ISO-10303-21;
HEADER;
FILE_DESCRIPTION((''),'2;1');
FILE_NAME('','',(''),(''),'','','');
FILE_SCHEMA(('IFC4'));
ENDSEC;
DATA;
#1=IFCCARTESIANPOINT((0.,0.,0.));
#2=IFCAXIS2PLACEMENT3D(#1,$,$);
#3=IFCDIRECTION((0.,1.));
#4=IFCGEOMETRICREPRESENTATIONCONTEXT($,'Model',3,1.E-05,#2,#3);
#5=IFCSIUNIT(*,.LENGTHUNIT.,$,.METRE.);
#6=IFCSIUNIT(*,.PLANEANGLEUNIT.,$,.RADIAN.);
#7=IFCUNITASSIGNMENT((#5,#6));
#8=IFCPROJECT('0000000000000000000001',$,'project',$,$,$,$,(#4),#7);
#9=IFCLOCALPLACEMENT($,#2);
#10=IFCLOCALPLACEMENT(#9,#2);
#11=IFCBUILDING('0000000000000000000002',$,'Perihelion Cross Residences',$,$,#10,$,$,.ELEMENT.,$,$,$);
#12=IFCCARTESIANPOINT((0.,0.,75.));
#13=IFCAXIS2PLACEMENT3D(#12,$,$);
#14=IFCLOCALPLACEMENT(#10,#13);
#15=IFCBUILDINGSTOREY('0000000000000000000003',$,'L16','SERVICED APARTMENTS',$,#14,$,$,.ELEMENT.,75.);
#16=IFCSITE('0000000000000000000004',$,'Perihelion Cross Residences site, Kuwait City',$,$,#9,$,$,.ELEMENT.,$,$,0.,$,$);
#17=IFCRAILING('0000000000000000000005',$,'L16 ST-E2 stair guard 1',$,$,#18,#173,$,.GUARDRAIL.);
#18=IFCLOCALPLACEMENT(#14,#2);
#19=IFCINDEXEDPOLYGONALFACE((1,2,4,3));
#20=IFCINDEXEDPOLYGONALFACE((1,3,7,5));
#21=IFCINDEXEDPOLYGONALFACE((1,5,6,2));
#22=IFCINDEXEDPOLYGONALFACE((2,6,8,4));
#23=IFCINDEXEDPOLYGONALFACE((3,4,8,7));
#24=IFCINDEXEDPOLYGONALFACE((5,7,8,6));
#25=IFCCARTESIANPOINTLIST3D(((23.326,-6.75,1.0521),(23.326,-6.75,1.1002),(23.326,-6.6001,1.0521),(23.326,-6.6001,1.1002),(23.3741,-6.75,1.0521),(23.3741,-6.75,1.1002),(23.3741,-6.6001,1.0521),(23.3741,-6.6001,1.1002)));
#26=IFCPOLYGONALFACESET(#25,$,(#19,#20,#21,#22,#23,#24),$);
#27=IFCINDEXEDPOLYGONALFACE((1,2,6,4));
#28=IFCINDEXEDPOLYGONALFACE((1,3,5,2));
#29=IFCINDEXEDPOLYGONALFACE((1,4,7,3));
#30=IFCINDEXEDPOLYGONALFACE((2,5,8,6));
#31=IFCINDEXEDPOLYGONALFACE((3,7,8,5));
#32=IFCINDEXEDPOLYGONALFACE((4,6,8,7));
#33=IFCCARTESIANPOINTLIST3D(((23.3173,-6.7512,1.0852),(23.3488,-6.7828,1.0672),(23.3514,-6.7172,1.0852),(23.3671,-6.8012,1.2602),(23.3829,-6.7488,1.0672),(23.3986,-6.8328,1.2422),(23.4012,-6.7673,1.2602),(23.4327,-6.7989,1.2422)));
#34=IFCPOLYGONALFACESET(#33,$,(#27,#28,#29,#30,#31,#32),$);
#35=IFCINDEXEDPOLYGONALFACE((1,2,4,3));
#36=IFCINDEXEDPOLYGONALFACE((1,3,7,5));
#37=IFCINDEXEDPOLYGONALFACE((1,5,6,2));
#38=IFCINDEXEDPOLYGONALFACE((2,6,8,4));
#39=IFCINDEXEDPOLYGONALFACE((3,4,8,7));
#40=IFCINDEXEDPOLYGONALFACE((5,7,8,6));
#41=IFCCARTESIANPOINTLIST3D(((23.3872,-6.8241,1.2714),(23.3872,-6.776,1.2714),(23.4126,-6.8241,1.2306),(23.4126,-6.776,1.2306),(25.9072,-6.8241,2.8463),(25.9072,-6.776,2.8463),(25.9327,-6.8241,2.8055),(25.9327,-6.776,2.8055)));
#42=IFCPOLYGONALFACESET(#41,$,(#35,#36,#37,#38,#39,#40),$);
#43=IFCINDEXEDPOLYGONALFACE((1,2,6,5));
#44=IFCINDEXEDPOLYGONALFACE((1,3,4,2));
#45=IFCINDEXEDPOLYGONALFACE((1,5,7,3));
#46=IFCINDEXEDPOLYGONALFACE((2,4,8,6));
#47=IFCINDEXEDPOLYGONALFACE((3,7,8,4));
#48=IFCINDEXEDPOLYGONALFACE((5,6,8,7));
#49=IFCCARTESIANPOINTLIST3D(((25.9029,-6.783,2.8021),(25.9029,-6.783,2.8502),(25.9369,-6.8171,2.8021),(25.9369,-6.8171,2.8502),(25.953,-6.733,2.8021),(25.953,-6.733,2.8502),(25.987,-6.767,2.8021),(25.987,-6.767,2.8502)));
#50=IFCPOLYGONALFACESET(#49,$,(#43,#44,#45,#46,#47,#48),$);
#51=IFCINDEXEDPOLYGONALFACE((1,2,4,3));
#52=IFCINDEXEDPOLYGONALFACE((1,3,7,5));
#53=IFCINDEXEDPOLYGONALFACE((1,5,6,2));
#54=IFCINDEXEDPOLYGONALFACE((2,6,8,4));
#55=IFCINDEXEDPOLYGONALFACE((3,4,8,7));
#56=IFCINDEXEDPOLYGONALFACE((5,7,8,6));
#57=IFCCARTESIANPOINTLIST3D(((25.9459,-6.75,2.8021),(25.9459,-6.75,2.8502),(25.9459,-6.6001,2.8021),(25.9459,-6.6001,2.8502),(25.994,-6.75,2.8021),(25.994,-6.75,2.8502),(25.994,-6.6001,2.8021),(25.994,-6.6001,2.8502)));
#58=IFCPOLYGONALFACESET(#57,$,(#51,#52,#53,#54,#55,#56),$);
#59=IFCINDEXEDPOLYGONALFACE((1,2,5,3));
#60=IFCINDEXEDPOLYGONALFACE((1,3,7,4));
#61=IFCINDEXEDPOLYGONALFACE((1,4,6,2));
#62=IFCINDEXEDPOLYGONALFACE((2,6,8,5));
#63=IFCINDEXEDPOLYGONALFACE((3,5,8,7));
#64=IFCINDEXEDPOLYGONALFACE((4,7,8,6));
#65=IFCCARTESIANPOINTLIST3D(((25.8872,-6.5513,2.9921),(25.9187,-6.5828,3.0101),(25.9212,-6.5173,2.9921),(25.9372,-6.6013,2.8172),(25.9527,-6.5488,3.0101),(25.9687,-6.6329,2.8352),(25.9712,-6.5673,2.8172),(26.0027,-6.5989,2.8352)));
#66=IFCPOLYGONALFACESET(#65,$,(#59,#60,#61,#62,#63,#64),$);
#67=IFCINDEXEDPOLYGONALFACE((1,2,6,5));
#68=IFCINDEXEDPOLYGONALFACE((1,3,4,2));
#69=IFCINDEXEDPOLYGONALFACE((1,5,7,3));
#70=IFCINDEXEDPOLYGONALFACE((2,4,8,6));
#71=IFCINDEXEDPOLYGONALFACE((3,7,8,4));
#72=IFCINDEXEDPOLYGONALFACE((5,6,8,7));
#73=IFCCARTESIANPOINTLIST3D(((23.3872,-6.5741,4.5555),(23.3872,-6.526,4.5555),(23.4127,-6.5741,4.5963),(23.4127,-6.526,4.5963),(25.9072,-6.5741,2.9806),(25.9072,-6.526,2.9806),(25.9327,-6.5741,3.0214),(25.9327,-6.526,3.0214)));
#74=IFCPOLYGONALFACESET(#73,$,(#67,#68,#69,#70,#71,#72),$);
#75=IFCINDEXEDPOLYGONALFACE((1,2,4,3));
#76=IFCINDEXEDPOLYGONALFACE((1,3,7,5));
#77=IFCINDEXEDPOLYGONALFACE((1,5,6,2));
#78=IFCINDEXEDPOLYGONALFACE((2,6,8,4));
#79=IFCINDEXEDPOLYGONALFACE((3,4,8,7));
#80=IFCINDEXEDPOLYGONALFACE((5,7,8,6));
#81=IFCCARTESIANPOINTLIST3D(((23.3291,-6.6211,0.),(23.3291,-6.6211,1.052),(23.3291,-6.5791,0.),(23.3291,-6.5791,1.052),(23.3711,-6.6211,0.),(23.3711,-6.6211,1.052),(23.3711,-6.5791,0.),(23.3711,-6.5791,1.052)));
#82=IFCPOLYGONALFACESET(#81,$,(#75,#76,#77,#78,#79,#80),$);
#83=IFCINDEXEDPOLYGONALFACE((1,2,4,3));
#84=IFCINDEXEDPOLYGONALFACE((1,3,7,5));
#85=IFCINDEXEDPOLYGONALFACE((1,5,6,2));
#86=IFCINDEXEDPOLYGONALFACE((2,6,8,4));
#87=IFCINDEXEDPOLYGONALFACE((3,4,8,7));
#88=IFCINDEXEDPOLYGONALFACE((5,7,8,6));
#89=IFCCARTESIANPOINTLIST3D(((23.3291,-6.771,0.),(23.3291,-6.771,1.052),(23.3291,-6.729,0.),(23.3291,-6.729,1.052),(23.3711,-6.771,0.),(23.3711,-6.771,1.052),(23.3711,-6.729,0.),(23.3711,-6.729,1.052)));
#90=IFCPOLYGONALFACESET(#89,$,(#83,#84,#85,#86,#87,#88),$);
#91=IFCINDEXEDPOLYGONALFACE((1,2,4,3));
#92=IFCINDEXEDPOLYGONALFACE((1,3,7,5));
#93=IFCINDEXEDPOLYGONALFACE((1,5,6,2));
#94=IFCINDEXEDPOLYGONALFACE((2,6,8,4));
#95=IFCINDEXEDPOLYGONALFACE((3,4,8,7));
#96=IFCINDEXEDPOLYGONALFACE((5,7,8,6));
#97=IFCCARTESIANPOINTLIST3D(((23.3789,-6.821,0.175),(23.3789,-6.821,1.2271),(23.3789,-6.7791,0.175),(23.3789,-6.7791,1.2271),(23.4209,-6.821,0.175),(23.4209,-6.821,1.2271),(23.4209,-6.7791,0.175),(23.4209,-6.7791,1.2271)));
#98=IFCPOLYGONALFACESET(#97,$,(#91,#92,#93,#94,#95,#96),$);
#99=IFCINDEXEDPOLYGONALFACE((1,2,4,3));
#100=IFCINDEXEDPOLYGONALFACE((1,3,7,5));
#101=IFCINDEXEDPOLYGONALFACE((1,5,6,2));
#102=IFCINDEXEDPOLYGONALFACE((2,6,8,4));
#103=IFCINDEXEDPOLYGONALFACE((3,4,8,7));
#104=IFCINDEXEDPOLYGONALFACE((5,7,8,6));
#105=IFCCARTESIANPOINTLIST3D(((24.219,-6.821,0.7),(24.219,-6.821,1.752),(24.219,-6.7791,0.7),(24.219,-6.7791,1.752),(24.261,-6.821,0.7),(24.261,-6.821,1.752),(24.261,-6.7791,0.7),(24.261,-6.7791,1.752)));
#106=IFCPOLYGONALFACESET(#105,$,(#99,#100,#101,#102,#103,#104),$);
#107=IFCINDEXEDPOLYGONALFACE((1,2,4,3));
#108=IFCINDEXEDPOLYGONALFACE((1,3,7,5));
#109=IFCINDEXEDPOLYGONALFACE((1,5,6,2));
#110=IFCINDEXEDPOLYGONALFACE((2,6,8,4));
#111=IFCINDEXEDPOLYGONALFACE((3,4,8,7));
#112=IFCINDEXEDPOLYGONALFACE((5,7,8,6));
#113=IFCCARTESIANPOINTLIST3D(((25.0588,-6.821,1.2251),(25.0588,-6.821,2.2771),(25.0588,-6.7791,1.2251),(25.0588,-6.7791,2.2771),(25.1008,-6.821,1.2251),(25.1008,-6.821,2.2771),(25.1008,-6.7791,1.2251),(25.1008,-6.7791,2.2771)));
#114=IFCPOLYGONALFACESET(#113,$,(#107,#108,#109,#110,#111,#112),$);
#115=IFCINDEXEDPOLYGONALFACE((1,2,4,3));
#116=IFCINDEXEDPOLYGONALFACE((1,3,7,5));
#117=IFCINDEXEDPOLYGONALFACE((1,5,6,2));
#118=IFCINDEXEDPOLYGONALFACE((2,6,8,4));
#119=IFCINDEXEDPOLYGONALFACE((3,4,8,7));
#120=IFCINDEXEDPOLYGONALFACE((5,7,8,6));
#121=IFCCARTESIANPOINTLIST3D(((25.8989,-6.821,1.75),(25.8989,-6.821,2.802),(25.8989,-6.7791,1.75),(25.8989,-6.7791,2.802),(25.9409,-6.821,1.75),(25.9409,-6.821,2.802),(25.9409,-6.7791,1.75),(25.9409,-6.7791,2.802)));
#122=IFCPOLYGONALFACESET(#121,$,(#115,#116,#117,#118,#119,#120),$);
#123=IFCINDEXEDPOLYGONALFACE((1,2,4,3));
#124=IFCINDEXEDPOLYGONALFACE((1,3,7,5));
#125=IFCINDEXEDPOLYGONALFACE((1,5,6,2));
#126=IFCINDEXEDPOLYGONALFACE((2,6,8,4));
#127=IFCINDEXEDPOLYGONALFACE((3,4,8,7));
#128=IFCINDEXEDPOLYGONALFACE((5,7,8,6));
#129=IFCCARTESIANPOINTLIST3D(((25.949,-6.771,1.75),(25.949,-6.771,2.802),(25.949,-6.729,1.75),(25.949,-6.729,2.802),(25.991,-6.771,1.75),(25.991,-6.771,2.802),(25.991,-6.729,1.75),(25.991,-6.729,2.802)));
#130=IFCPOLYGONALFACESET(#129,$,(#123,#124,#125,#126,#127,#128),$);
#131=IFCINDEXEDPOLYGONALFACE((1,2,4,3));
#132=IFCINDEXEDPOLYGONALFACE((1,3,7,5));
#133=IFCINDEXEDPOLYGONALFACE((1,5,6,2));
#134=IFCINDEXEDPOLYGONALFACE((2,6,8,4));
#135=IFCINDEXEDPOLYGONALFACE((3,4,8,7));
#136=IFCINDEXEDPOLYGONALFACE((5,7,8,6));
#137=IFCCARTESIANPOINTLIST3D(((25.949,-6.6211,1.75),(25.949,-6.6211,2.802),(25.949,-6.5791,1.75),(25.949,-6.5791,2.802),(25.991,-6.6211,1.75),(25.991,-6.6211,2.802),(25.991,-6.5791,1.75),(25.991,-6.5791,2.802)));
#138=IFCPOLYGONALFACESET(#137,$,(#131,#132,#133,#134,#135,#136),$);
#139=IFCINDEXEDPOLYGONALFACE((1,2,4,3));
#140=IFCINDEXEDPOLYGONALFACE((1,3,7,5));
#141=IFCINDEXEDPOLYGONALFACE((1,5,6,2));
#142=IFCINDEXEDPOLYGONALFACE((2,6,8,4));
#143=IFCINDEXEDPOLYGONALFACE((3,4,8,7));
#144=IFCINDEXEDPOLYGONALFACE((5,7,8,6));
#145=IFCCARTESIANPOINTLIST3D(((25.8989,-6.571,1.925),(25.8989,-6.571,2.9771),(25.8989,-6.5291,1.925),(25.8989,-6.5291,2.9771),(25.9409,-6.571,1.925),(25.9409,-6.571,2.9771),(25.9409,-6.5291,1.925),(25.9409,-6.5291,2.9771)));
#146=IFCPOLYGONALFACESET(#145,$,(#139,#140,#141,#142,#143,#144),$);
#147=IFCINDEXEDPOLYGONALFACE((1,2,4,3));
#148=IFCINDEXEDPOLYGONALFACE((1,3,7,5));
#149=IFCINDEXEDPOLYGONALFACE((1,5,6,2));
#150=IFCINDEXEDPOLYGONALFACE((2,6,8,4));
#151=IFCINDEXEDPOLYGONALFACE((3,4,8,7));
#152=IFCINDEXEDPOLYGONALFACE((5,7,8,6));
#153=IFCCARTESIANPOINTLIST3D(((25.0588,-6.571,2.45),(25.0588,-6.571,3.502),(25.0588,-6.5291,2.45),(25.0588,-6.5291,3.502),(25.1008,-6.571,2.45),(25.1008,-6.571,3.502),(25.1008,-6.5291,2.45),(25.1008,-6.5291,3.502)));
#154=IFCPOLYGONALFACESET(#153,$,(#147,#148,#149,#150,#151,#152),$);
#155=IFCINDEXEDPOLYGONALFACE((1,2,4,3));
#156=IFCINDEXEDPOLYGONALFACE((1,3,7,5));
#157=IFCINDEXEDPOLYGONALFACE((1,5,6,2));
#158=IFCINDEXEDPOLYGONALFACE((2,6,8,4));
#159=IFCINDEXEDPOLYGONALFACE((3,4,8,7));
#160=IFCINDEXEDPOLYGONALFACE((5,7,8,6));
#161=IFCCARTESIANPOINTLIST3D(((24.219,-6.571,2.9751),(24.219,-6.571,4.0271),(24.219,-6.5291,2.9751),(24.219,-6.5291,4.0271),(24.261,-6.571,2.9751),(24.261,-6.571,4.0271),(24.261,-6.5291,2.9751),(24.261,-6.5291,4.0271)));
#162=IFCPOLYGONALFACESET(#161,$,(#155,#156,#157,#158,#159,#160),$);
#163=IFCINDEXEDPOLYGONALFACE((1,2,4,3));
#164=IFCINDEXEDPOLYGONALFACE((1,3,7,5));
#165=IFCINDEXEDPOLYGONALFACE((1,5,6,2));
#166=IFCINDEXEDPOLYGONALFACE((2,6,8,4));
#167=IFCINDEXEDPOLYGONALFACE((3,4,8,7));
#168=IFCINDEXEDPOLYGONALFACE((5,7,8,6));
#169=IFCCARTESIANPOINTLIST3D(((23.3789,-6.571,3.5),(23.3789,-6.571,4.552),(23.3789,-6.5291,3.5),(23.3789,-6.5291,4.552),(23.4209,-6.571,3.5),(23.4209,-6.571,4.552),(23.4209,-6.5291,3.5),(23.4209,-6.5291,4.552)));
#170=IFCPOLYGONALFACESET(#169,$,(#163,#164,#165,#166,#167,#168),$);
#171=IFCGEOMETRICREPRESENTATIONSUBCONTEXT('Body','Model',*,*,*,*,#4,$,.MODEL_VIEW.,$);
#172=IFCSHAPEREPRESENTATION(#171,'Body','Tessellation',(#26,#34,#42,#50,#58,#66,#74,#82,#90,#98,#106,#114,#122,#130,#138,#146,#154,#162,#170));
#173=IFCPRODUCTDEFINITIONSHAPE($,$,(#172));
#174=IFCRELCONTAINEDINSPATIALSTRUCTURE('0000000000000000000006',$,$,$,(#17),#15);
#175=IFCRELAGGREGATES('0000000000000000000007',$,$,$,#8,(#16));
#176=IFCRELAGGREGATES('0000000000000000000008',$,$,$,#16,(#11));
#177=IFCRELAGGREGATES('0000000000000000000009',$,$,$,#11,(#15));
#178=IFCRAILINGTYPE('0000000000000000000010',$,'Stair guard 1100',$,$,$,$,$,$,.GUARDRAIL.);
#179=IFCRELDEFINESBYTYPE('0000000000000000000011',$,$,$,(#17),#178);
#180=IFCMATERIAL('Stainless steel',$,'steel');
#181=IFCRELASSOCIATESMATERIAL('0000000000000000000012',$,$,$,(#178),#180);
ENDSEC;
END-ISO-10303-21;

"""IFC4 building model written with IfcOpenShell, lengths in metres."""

from ifc_helpers import new_model, si_unit, direction, frame, origin, origin_2d, place, context, subcontext, project, spatial, rectangle, extrude, material, type_object, element, save


model = new_model("IFC4")

# Units and contexts
model_context = context("Model", 3, precision=1e-05, world=origin(), true_north=direction((0.0, 1.0)))
body_context = subcontext(model_context, "Body", "Model", "MODEL_VIEW")
ifc_project = project(units=[si_unit("LENGTHUNIT", "METRE"), si_unit("PLANEANGLEUNIT", "RADIAN")], contexts=[model_context])

# Site, building, storey
site_placement = place(None, origin())
site = spatial("IfcSite", under=ifc_project, at=site_placement, Name="Perihelion Cross Residences site, Kuwait City", CompositionType="ELEMENT", RefElevation=0.0)
building_placement = place(site_placement, origin())
building = spatial("IfcBuilding", under=site, at=building_placement, Name="Perihelion Cross Residences", CompositionType="ELEMENT")
storey_placement = place(building_placement, frame((0.0, 0.0, 75.0)))
storey = spatial("IfcBuildingStorey", under=building, at=storey_placement, Name="L16", Description="SERVICED APARTMENTS", CompositionType="ELEMENT", Elevation=75.0)

# Railing
ifc_material_1 = material(Name="Stainless steel", Category="steel")
railing_type_1 = type_object("IfcRailingType", Name="Stair guard 1100", PredefinedType="GUARDRAIL", material=ifc_material_1)
railing_1_placement = place(storey_placement, frame((23.3501, -6.6001, 0.0)))
element("IfcRailing", 1, at=railing_1_placement, inside=storey, type_object=railing_type_1, Name="L16 ST-E2 stair guard 1", PredefinedType="GUARDRAIL", context=body_context, shape_type="SweptSolid", body=[
    extrude(rectangle(XDim=0.0481, YDim=0.0481, at=origin_2d()), frame((0.0, 0.0, 1.0762), z_axis=(0.0, -1.0, 0.0), x_axis=(1.0, 0.0, 0.0)), (0.0, 0.0, 1.0), 0.1499),
    extrude(rectangle(XDim=0.0481, YDim=0.0481, at=origin_2d()), frame((0.0, -0.1499, 1.0762), z_axis=(0.263862, -0.265156, 0.927399), x_axis=(0.708834, 0.705376, 0.0)), (0.0, 0.0, 1.0), 0.1887),
    extrude(rectangle(XDim=0.0481, YDim=0.0481, at=origin_2d()), frame((0.0498, -0.2, 1.251), z_axis=(0.848008, 0.0, 0.529984), x_axis=(0.0, 1.0, 0.0)), (0.0, 0.0, 1.0), 2.9717),
    extrude(rectangle(XDim=0.0481, YDim=0.0481, at=origin_2d()), frame((2.5698, -0.2, 2.8262), z_axis=(0.707107, 0.707107, 0.0), x_axis=(-0.707107, 0.707107, 0.0)), (0.0, 0.0, 1.0), 0.0708),
    extrude(rectangle(XDim=0.0481, YDim=0.0481, at=origin_2d()), frame((2.6199, -0.1499, 2.8262), z_axis=(0.0, 1.0, 0.0), x_axis=(-1.0, 0.0, 0.0)), (0.0, 0.0, 1.0), 0.1499),
    extrude(rectangle(XDim=0.0481, YDim=0.0481, at=origin_2d()), frame((2.6199, 0.0, 2.8262), z_axis=(-0.265065, 0.265065, 0.927082), x_axis=(-0.707107, -0.707107, 0.0)), (0.0, 0.0, 1.0), 0.1887),
    extrude(rectangle(XDim=0.0481, YDim=0.0481, at=origin_2d()), frame((2.5698, 0.05, 3.001), z_axis=(-0.848008, 0.0, 0.529984), x_axis=(0.0, -1.0, 0.0)), (0.0, 0.0, 1.0), 2.9717),
    extrude(rectangle(XDim=0.042, YDim=0.042, at=origin_2d()), origin(), (0.0, 0.0, 1.0), 1.052),
    extrude(rectangle(XDim=0.042, YDim=0.042, at=origin_2d()), frame((0.0, -0.1499, 0.0)), (0.0, 0.0, 1.0), 1.052),
    extrude(rectangle(XDim=0.042, YDim=0.042, at=origin_2d()), frame((0.0498, -0.2, 0.175)), (0.0, 0.0, 1.0), 1.052),
    extrude(rectangle(XDim=0.042, YDim=0.042, at=origin_2d()), frame((0.8899, -0.2, 0.7)), (0.0, 0.0, 1.0), 1.052),
    extrude(rectangle(XDim=0.042, YDim=0.042, at=origin_2d()), frame((1.7297, -0.2, 1.2251)), (0.0, 0.0, 1.0), 1.052),
    extrude(rectangle(XDim=0.042, YDim=0.042, at=origin_2d()), frame((2.5698, -0.2, 1.75)), (0.0, 0.0, 1.0), 1.052),
    extrude(rectangle(XDim=0.042, YDim=0.042, at=origin_2d()), frame((2.6199, -0.1499, 1.75)), (0.0, 0.0, 1.0), 1.052),
    extrude(rectangle(XDim=0.042, YDim=0.042, at=origin_2d()), frame((2.6199, 0.0, 1.75)), (0.0, 0.0, 1.0), 1.052),
    extrude(rectangle(XDim=0.042, YDim=0.042, at=origin_2d()), frame((2.5698, 0.05, 1.925)), (0.0, 0.0, 1.0), 1.052),
    extrude(rectangle(XDim=0.042, YDim=0.042, at=origin_2d()), frame((1.7297, 0.05, 2.45)), (0.0, 0.0, 1.0), 1.052),
    extrude(rectangle(XDim=0.042, YDim=0.042, at=origin_2d()), frame((0.8899, 0.05, 2.9751)), (0.0, 0.0, 1.0), 1.052),
    extrude(rectangle(XDim=0.042, YDim=0.042, at=origin_2d()), frame((0.0498, 0.05, 3.5)), (0.0, 0.0, 1.0), 1.052),
])

save(model, "model.ifc")
